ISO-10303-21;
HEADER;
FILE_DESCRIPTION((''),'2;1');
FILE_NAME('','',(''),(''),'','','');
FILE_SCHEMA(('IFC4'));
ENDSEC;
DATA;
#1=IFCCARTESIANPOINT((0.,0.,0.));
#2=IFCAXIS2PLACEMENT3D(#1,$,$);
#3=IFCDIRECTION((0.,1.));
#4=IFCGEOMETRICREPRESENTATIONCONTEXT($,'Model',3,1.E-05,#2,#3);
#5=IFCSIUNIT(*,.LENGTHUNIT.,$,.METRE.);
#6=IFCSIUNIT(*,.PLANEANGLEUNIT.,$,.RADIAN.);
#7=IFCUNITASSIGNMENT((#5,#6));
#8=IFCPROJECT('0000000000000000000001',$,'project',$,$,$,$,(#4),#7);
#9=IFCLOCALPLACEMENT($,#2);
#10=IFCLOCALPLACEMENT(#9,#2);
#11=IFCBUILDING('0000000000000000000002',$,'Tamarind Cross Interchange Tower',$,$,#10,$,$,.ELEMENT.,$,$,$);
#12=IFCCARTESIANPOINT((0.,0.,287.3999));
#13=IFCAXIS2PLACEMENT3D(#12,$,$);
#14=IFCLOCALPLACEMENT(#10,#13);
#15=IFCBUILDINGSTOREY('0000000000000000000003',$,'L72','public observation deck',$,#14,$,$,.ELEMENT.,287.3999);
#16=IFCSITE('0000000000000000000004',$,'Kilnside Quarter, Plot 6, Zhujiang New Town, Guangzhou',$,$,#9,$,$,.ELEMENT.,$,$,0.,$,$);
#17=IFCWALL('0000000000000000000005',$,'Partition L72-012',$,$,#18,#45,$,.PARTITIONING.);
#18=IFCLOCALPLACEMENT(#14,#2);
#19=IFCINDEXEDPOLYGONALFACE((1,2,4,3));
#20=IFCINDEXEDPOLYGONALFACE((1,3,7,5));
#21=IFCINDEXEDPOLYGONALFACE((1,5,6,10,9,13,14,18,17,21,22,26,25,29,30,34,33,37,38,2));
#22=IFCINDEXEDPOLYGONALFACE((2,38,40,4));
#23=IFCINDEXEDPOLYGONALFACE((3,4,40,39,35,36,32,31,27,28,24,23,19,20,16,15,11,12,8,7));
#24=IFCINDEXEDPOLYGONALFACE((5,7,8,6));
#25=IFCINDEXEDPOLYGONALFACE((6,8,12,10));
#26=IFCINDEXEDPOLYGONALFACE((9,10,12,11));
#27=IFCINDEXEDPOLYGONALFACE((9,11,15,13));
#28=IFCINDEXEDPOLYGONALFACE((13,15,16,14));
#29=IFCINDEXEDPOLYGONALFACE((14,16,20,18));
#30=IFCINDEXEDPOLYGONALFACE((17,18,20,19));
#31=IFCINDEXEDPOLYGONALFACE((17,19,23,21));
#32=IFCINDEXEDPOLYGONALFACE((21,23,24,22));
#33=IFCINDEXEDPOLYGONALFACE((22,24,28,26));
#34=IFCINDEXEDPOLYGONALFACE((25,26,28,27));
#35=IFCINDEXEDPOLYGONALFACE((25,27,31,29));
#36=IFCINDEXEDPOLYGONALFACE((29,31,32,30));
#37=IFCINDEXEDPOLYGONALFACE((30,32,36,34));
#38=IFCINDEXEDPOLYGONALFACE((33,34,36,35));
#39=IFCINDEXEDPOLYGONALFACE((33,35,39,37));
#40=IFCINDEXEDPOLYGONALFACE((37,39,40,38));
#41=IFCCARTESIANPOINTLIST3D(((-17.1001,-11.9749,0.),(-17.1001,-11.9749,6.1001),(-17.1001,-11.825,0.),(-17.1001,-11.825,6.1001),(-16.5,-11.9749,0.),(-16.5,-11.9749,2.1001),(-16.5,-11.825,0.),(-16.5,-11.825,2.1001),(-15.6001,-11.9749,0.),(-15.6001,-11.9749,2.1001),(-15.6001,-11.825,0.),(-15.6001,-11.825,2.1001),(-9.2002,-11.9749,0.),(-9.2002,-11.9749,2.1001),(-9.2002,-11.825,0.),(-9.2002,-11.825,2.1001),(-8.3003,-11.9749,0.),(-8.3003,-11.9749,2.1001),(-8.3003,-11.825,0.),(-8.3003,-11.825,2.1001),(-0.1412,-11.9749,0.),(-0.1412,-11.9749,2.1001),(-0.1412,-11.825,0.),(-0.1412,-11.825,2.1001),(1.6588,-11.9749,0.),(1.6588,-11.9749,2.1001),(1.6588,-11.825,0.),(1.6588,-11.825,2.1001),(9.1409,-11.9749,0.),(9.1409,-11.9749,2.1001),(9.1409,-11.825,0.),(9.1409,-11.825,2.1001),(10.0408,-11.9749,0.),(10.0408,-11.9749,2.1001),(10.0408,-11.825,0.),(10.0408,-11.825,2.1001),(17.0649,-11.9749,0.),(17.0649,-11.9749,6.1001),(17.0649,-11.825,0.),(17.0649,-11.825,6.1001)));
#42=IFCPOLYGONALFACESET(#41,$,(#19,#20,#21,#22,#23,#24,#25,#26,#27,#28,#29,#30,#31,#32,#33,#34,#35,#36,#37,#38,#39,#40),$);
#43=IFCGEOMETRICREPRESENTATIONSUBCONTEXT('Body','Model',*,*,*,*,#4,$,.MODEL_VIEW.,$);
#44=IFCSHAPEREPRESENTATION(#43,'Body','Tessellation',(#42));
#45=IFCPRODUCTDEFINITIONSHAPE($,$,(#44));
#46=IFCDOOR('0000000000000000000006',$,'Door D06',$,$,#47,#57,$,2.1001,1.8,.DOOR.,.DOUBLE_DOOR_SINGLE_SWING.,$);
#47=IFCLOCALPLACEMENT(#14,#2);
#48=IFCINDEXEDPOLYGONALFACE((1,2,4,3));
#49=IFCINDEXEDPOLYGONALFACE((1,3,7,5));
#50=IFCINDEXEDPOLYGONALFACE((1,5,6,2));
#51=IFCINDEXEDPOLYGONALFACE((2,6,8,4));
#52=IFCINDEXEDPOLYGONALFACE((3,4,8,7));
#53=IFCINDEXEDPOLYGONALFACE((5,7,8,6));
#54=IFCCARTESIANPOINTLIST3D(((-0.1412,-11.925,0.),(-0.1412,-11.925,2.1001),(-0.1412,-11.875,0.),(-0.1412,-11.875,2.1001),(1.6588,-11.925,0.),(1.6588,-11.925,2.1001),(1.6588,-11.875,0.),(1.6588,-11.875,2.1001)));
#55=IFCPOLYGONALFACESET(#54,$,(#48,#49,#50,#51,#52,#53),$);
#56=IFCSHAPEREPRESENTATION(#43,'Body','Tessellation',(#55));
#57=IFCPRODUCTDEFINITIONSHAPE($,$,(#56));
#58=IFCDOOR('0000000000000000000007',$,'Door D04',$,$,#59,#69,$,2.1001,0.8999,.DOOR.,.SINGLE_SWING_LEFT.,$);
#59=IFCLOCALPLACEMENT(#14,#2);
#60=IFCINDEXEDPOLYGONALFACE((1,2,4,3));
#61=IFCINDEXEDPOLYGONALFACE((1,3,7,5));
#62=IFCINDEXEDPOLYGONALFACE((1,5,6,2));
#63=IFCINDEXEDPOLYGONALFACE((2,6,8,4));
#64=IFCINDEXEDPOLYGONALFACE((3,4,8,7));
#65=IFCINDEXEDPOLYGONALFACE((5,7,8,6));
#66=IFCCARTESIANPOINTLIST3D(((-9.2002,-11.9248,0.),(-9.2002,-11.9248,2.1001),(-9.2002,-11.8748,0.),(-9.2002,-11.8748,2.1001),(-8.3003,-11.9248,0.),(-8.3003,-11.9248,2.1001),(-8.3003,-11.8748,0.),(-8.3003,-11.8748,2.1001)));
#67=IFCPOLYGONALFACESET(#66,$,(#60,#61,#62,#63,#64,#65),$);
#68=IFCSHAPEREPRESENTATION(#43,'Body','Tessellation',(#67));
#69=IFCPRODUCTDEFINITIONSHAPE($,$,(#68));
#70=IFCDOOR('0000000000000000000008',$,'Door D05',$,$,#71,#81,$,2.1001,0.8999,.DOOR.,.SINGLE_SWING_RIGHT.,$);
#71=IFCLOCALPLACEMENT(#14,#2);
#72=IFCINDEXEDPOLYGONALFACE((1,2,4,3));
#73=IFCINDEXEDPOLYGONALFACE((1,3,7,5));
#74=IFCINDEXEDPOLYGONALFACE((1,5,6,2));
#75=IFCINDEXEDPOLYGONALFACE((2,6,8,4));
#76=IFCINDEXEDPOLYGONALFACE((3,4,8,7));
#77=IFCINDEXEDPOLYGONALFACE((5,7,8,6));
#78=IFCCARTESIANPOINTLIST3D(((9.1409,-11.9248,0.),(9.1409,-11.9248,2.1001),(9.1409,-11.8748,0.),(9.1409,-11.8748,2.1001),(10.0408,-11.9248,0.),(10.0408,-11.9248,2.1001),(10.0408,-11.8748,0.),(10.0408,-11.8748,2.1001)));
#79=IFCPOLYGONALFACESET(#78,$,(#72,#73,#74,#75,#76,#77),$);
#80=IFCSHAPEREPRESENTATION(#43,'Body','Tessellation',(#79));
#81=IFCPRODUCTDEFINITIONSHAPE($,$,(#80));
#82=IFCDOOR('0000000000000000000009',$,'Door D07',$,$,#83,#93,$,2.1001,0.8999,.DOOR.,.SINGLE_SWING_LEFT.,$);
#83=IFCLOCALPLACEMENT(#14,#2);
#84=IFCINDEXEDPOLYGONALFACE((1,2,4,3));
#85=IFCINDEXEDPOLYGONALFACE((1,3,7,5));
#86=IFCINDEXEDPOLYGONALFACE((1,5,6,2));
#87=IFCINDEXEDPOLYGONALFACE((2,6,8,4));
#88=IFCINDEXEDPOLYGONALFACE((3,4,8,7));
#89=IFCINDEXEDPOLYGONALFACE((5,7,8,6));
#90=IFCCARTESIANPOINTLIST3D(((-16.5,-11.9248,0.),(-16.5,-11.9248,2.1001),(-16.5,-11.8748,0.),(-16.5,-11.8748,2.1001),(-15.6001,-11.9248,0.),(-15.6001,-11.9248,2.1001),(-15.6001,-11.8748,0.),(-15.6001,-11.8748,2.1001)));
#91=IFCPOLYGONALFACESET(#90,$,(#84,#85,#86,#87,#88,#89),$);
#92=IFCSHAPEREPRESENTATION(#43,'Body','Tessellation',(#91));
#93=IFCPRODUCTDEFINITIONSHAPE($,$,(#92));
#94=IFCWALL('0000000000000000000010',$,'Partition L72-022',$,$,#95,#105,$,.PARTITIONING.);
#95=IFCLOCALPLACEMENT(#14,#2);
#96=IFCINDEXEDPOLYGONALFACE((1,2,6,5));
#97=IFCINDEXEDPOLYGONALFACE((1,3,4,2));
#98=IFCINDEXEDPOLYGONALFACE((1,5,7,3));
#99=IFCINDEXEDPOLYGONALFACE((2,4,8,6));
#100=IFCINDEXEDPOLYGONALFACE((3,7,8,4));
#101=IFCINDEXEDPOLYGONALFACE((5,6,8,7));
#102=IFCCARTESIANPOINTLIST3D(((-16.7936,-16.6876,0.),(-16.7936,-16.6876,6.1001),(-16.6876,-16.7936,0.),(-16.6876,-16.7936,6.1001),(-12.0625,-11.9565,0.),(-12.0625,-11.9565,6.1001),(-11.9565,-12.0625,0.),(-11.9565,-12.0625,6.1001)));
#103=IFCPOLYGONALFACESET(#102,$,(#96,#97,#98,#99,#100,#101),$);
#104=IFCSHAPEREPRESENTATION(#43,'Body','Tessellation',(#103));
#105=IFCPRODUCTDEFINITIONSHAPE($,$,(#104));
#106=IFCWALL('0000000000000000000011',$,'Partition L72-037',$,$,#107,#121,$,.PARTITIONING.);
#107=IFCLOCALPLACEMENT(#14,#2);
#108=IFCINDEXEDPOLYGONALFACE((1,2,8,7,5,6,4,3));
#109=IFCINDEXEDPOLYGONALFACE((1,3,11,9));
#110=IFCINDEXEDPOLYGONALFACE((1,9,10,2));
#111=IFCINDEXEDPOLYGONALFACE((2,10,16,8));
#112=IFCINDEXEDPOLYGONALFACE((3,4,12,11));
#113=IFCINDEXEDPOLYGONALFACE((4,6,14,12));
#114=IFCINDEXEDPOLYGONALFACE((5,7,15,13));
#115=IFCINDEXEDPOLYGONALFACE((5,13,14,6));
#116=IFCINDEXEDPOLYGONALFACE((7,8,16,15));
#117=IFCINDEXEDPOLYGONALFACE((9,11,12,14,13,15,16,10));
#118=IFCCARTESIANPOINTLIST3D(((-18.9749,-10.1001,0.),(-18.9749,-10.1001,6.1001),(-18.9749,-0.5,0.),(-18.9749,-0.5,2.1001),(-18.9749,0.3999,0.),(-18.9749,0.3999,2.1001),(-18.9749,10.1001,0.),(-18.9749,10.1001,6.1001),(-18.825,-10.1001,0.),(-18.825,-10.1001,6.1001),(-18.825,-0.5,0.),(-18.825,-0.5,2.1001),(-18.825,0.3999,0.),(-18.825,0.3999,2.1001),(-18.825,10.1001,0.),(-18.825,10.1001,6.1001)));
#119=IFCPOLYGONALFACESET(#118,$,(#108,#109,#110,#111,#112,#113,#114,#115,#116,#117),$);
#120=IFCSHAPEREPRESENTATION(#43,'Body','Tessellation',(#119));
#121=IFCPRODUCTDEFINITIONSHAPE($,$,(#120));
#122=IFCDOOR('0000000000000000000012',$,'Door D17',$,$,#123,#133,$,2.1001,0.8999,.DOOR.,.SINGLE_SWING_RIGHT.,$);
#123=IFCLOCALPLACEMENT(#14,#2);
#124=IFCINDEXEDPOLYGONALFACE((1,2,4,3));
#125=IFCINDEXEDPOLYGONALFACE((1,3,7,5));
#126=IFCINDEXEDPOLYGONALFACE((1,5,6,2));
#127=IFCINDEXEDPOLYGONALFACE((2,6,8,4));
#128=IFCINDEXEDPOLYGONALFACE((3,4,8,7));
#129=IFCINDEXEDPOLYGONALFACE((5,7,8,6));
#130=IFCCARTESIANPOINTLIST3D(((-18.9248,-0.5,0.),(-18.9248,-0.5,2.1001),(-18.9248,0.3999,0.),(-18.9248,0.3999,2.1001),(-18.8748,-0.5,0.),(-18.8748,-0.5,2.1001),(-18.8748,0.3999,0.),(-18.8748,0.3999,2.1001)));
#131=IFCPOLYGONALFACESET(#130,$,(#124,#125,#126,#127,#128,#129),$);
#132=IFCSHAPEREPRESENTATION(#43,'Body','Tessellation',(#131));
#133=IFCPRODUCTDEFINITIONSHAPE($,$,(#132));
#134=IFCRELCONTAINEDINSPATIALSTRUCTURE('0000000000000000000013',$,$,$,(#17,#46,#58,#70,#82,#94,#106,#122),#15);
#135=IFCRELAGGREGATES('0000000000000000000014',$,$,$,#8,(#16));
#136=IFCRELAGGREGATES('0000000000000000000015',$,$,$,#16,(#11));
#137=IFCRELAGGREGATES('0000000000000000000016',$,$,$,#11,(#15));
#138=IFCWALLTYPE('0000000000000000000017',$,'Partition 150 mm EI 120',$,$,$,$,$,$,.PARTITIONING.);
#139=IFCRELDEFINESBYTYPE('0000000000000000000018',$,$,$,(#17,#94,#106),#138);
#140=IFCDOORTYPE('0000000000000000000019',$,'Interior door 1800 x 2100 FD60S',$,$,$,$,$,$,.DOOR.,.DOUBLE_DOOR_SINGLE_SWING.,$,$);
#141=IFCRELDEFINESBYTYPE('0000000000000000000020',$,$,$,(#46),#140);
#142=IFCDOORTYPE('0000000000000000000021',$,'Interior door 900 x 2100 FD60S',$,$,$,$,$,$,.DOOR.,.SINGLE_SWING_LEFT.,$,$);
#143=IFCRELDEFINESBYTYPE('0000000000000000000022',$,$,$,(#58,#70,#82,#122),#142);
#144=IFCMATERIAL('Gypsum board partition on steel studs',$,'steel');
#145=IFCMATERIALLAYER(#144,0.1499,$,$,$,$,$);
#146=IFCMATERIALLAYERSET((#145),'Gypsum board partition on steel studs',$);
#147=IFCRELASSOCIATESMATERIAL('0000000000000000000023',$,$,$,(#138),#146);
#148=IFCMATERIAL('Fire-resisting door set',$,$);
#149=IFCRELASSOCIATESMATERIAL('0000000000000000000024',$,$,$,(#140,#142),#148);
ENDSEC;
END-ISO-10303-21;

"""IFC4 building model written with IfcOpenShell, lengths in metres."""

from ifc_helpers import new_model, si_unit, direction, frame, frame_2d, origin, place, context, subcontext, project, spatial, rectangle, extrude, material, layer, layer_set, type_object, element, fill, save


model = new_model("IFC4")

# Units and contexts
model_context = context("Model", 3, precision=1e-05, world=origin(), true_north=direction((0.0, 1.0)))
body_context = subcontext(model_context, "Body", "Model", "MODEL_VIEW")
ifc_project = project(units=[si_unit("LENGTHUNIT", "METRE"), si_unit("PLANEANGLEUNIT", "RADIAN")], contexts=[model_context])

# Site, building, storey
site_placement = place(None, origin())
site = spatial("IfcSite", under=ifc_project, at=site_placement, Name="Kilnside Quarter, Plot 6, Zhujiang New Town, Guangzhou", CompositionType="ELEMENT", RefElevation=0.0)
building_placement = place(site_placement, origin())
building = spatial("IfcBuilding", under=site, at=building_placement, Name="Tamarind Cross Interchange Tower", CompositionType="ELEMENT")
storey_placement = place(building_placement, frame((0.0, 0.0, 287.3999)))
storey = spatial("IfcBuildingStorey", under=building, at=storey_placement, Name="L72", Description="public observation deck", CompositionType="ELEMENT", Elevation=287.3999)

# Shared definitions
ifc_material_1 = material(Name="Gypsum board partition on steel studs", Category="steel")
ifc_layer_1 = layer(ifc_material_1, 0.1499)
ifc_layer_set_1 = layer_set([ifc_layer_1], Name="Gypsum board partition on steel studs")
wall_type_1 = type_object("IfcWallType", Name="Partition 150 mm EI 120", PredefinedType="PARTITIONING", material=ifc_layer_set_1)

# Wall, openings, doors
wall_1_placement = place(storey_placement, frame((-17.1001, -11.8999, 0.0), z_axis=(0.0, 0.0, 1.0), x_axis=(1.0, 0.0, 0.0)))
wall_1 = element("IfcWall", 1, at=wall_1_placement, inside=storey, type_object=wall_type_1, Name="Partition L72-012", PredefinedType="PARTITIONING", context=body_context, shape_type="SweptSolid", body=[
    extrude(rectangle(XDim=34.165, YDim=0.1499, at=frame_2d((17.0825, 0.0))), origin(), (0.0, 0.0, 1.0), 6.1001),
])
opening_1_placement = place(wall_1_placement, frame((7.8999, 0.0, 0.0)))
opening_1 = element("IfcOpeningElement", 2, at=opening_1_placement, cuts=wall_1, PredefinedType="OPENING", context=body_context, shape_type="SweptSolid", body=[
    extrude(rectangle(XDim=0.8999, YDim=2.1001, at=frame_2d((0.45, 1.05))), frame((0.0, 0.085, 0.0), z_axis=(0.0, -1.0, 0.0), x_axis=(1.0, 0.0, 0.0)), (0.0, 0.0, 1.0), 0.1699),
])
opening_2_placement = place(wall_1_placement, frame((26.241, 0.0, 0.0)))
opening_2 = element("IfcOpeningElement", 3, at=opening_2_placement, cuts=wall_1, PredefinedType="OPENING", context=body_context, shape_type="SweptSolid", body=[
    extrude(rectangle(XDim=0.8999, YDim=2.1001, at=frame_2d((0.45, 1.05))), frame((0.0, 0.085, 0.0), z_axis=(0.0, -1.0, 0.0), x_axis=(1.0, 0.0, 0.0)), (0.0, 0.0, 1.0), 0.1699),
])
opening_3_placement = place(wall_1_placement, frame((16.959, 0.0, 0.0)))
opening_3 = element("IfcOpeningElement", 4, at=opening_3_placement, cuts=wall_1, PredefinedType="OPENING", context=body_context, shape_type="SweptSolid", body=[
    extrude(rectangle(XDim=1.8, YDim=2.1001, at=frame_2d((0.8999, 1.05))), frame((0.0, 0.085, 0.0), z_axis=(0.0, -1.0, 0.0), x_axis=(1.0, 0.0, 0.0)), (0.0, 0.0, 1.0), 0.1699),
])
opening_4_placement = place(wall_1_placement, frame((0.6001, 0.0, 0.0)))
opening_4 = element("IfcOpeningElement", 5, at=opening_4_placement, cuts=wall_1, PredefinedType="OPENING", context=body_context, shape_type="SweptSolid", body=[
    extrude(rectangle(XDim=0.8999, YDim=2.1001, at=frame_2d((0.45, 1.05))), frame((0.0, 0.085, 0.0), z_axis=(0.0, -1.0, 0.0), x_axis=(1.0, 0.0, 0.0)), (0.0, 0.0, 1.0), 0.1699),
])
ifc_material_2 = material(Name="Fire-resisting door set")
door_type_1 = type_object("IfcDoorType", Name="Interior door 1800 x 2100 FD60S", OperationType="DOUBLE_DOOR_SINGLE_SWING", PredefinedType="DOOR", material=ifc_material_2)
door_1_placement = place(opening_3_placement, origin())
door_1 = element("IfcDoor", 6, at=door_1_placement, inside=storey, type_object=door_type_1, Name="Door D06", OperationType="DOUBLE_DOOR_SINGLE_SWING", OverallHeight=2.1001, OverallWidth=1.8, PredefinedType="DOOR", context=body_context, shape_type="SweptSolid", body=[
    extrude(rectangle(XDim=1.8, YDim=2.1001, at=frame_2d((0.8999, 1.05))), frame((0.0, 0.0249, 0.0), z_axis=(0.0, -1.0, 0.0), x_axis=(1.0, 0.0, 0.0)), (0.0, 0.0, 1.0), 0.05),
])
fill(opening_3, door_1)
door_type_2 = type_object("IfcDoorType", Name="Interior door 900 x 2100 FD60S", OperationType="SINGLE_SWING_LEFT", PredefinedType="DOOR", material=ifc_material_2)
door_2_placement = place(opening_1_placement, frame((0.8999, 0.0, 0.0), z_axis=(0.0, 0.0, 1.0), x_axis=(-1.0, 0.0, 0.0)))
door_2 = element("IfcDoor", 7, at=door_2_placement, inside=storey, type_object=door_type_2, Name="Door D04", OperationType="SINGLE_SWING_LEFT", OverallHeight=2.1001, OverallWidth=0.8999, PredefinedType="DOOR", context=body_context, shape_type="SweptSolid", body=[
    extrude(rectangle(XDim=0.8999, YDim=2.1001, at=frame_2d((0.45, 1.05))), frame((0.0, 0.0249, 0.0), z_axis=(0.0, -1.0, 0.0), x_axis=(1.0, 0.0, 0.0)), (0.0, 0.0, 1.0), 0.05),
])
fill(opening_1, door_2)
door_3_placement = place(opening_2_placement, frame((0.8999, 0.0, 0.0), z_axis=(0.0, 0.0, 1.0), x_axis=(-1.0, 0.0, 0.0)))
door_3 = element("IfcDoor", 8, at=door_3_placement, inside=storey, type_object=door_type_2, Name="Door D05", OperationType="SINGLE_SWING_RIGHT", OverallHeight=2.1001, OverallWidth=0.8999, PredefinedType="DOOR", context=body_context, shape_type="SweptSolid", body=[
    extrude(rectangle(XDim=0.8999, YDim=2.1001, at=frame_2d((0.45, 1.05))), frame((0.0, 0.0249, 0.0), z_axis=(0.0, -1.0, 0.0), x_axis=(1.0, 0.0, 0.0)), (0.0, 0.0, 1.0), 0.05),
])
fill(opening_2, door_3)
door_4_placement = place(opening_4_placement, frame((0.8999, 0.0, 0.0), z_axis=(0.0, 0.0, 1.0), x_axis=(-1.0, 0.0, 0.0)))
door_4 = element("IfcDoor", 9, at=door_4_placement, inside=storey, type_object=door_type_2, Name="Door D07", OperationType="SINGLE_SWING_LEFT", OverallHeight=2.1001, OverallWidth=0.8999, PredefinedType="DOOR", context=body_context, shape_type="SweptSolid", body=[
    extrude(rectangle(XDim=0.8999, YDim=2.1001, at=frame_2d((0.45, 1.05))), frame((0.0, 0.0249, 0.0), z_axis=(0.0, -1.0, 0.0), x_axis=(1.0, 0.0, 0.0)), (0.0, 0.0, 1.0), 0.05),
])
fill(opening_4, door_4)

# Wall
wall_2_placement = place(storey_placement, frame((-16.7405, -16.7405, 0.0), z_axis=(0.0, 0.0, 1.0), x_axis=(0.707107, 0.707107, 0.0)))
element("IfcWall", 10, at=wall_2_placement, inside=storey, type_object=wall_type_1, Name="Partition L72-022", PredefinedType="PARTITIONING", context=body_context, shape_type="SweptSolid", body=[
    extrude(rectangle(XDim=6.6907, YDim=0.1499, at=frame_2d((3.3452, 0.0))), origin(), (0.0, 0.0, 1.0), 6.1001),
])

# Wall, opening, door
wall_3_placement = place(storey_placement, frame((-18.8999, -10.1001, 0.0), z_axis=(0.0, 0.0, 1.0), x_axis=(0.0, 1.0, 0.0)))
wall_3 = element("IfcWall", 11, at=wall_3_placement, inside=storey, type_object=wall_type_1, Name="Partition L72-037", PredefinedType="PARTITIONING", context=body_context, shape_type="SweptSolid", body=[
    extrude(rectangle(XDim=20.2002, YDim=0.1499, at=frame_2d((10.1001, 0.0))), origin(), (0.0, 0.0, 1.0), 6.1001),
])
opening_5_placement = place(wall_3_placement, frame((9.6001, 0.0, 0.0)))
opening_5 = element("IfcOpeningElement", 12, at=opening_5_placement, cuts=wall_3, PredefinedType="OPENING", context=body_context, shape_type="SweptSolid", body=[
    extrude(rectangle(XDim=0.8999, YDim=2.1001, at=frame_2d((0.45, 1.05))), frame((0.0, 0.085, 0.0), z_axis=(0.0, -1.0, 0.0), x_axis=(1.0, 0.0, 0.0)), (0.0, 0.0, 1.0), 0.1699),
])
door_5_placement = place(opening_5_placement, origin())
door_5 = element("IfcDoor", 13, at=door_5_placement, inside=storey, type_object=door_type_2, Name="Door D17", OperationType="SINGLE_SWING_RIGHT", OverallHeight=2.1001, OverallWidth=0.8999, PredefinedType="DOOR", context=body_context, shape_type="SweptSolid", body=[
    extrude(rectangle(XDim=0.8999, YDim=2.1001, at=frame_2d((0.45, 1.05))), frame((0.0, 0.0249, 0.0), z_axis=(0.0, -1.0, 0.0), x_axis=(1.0, 0.0, 0.0)), (0.0, 0.0, 1.0), 0.05),
])
fill(opening_5, door_5)

save(model, "model.ifc")
